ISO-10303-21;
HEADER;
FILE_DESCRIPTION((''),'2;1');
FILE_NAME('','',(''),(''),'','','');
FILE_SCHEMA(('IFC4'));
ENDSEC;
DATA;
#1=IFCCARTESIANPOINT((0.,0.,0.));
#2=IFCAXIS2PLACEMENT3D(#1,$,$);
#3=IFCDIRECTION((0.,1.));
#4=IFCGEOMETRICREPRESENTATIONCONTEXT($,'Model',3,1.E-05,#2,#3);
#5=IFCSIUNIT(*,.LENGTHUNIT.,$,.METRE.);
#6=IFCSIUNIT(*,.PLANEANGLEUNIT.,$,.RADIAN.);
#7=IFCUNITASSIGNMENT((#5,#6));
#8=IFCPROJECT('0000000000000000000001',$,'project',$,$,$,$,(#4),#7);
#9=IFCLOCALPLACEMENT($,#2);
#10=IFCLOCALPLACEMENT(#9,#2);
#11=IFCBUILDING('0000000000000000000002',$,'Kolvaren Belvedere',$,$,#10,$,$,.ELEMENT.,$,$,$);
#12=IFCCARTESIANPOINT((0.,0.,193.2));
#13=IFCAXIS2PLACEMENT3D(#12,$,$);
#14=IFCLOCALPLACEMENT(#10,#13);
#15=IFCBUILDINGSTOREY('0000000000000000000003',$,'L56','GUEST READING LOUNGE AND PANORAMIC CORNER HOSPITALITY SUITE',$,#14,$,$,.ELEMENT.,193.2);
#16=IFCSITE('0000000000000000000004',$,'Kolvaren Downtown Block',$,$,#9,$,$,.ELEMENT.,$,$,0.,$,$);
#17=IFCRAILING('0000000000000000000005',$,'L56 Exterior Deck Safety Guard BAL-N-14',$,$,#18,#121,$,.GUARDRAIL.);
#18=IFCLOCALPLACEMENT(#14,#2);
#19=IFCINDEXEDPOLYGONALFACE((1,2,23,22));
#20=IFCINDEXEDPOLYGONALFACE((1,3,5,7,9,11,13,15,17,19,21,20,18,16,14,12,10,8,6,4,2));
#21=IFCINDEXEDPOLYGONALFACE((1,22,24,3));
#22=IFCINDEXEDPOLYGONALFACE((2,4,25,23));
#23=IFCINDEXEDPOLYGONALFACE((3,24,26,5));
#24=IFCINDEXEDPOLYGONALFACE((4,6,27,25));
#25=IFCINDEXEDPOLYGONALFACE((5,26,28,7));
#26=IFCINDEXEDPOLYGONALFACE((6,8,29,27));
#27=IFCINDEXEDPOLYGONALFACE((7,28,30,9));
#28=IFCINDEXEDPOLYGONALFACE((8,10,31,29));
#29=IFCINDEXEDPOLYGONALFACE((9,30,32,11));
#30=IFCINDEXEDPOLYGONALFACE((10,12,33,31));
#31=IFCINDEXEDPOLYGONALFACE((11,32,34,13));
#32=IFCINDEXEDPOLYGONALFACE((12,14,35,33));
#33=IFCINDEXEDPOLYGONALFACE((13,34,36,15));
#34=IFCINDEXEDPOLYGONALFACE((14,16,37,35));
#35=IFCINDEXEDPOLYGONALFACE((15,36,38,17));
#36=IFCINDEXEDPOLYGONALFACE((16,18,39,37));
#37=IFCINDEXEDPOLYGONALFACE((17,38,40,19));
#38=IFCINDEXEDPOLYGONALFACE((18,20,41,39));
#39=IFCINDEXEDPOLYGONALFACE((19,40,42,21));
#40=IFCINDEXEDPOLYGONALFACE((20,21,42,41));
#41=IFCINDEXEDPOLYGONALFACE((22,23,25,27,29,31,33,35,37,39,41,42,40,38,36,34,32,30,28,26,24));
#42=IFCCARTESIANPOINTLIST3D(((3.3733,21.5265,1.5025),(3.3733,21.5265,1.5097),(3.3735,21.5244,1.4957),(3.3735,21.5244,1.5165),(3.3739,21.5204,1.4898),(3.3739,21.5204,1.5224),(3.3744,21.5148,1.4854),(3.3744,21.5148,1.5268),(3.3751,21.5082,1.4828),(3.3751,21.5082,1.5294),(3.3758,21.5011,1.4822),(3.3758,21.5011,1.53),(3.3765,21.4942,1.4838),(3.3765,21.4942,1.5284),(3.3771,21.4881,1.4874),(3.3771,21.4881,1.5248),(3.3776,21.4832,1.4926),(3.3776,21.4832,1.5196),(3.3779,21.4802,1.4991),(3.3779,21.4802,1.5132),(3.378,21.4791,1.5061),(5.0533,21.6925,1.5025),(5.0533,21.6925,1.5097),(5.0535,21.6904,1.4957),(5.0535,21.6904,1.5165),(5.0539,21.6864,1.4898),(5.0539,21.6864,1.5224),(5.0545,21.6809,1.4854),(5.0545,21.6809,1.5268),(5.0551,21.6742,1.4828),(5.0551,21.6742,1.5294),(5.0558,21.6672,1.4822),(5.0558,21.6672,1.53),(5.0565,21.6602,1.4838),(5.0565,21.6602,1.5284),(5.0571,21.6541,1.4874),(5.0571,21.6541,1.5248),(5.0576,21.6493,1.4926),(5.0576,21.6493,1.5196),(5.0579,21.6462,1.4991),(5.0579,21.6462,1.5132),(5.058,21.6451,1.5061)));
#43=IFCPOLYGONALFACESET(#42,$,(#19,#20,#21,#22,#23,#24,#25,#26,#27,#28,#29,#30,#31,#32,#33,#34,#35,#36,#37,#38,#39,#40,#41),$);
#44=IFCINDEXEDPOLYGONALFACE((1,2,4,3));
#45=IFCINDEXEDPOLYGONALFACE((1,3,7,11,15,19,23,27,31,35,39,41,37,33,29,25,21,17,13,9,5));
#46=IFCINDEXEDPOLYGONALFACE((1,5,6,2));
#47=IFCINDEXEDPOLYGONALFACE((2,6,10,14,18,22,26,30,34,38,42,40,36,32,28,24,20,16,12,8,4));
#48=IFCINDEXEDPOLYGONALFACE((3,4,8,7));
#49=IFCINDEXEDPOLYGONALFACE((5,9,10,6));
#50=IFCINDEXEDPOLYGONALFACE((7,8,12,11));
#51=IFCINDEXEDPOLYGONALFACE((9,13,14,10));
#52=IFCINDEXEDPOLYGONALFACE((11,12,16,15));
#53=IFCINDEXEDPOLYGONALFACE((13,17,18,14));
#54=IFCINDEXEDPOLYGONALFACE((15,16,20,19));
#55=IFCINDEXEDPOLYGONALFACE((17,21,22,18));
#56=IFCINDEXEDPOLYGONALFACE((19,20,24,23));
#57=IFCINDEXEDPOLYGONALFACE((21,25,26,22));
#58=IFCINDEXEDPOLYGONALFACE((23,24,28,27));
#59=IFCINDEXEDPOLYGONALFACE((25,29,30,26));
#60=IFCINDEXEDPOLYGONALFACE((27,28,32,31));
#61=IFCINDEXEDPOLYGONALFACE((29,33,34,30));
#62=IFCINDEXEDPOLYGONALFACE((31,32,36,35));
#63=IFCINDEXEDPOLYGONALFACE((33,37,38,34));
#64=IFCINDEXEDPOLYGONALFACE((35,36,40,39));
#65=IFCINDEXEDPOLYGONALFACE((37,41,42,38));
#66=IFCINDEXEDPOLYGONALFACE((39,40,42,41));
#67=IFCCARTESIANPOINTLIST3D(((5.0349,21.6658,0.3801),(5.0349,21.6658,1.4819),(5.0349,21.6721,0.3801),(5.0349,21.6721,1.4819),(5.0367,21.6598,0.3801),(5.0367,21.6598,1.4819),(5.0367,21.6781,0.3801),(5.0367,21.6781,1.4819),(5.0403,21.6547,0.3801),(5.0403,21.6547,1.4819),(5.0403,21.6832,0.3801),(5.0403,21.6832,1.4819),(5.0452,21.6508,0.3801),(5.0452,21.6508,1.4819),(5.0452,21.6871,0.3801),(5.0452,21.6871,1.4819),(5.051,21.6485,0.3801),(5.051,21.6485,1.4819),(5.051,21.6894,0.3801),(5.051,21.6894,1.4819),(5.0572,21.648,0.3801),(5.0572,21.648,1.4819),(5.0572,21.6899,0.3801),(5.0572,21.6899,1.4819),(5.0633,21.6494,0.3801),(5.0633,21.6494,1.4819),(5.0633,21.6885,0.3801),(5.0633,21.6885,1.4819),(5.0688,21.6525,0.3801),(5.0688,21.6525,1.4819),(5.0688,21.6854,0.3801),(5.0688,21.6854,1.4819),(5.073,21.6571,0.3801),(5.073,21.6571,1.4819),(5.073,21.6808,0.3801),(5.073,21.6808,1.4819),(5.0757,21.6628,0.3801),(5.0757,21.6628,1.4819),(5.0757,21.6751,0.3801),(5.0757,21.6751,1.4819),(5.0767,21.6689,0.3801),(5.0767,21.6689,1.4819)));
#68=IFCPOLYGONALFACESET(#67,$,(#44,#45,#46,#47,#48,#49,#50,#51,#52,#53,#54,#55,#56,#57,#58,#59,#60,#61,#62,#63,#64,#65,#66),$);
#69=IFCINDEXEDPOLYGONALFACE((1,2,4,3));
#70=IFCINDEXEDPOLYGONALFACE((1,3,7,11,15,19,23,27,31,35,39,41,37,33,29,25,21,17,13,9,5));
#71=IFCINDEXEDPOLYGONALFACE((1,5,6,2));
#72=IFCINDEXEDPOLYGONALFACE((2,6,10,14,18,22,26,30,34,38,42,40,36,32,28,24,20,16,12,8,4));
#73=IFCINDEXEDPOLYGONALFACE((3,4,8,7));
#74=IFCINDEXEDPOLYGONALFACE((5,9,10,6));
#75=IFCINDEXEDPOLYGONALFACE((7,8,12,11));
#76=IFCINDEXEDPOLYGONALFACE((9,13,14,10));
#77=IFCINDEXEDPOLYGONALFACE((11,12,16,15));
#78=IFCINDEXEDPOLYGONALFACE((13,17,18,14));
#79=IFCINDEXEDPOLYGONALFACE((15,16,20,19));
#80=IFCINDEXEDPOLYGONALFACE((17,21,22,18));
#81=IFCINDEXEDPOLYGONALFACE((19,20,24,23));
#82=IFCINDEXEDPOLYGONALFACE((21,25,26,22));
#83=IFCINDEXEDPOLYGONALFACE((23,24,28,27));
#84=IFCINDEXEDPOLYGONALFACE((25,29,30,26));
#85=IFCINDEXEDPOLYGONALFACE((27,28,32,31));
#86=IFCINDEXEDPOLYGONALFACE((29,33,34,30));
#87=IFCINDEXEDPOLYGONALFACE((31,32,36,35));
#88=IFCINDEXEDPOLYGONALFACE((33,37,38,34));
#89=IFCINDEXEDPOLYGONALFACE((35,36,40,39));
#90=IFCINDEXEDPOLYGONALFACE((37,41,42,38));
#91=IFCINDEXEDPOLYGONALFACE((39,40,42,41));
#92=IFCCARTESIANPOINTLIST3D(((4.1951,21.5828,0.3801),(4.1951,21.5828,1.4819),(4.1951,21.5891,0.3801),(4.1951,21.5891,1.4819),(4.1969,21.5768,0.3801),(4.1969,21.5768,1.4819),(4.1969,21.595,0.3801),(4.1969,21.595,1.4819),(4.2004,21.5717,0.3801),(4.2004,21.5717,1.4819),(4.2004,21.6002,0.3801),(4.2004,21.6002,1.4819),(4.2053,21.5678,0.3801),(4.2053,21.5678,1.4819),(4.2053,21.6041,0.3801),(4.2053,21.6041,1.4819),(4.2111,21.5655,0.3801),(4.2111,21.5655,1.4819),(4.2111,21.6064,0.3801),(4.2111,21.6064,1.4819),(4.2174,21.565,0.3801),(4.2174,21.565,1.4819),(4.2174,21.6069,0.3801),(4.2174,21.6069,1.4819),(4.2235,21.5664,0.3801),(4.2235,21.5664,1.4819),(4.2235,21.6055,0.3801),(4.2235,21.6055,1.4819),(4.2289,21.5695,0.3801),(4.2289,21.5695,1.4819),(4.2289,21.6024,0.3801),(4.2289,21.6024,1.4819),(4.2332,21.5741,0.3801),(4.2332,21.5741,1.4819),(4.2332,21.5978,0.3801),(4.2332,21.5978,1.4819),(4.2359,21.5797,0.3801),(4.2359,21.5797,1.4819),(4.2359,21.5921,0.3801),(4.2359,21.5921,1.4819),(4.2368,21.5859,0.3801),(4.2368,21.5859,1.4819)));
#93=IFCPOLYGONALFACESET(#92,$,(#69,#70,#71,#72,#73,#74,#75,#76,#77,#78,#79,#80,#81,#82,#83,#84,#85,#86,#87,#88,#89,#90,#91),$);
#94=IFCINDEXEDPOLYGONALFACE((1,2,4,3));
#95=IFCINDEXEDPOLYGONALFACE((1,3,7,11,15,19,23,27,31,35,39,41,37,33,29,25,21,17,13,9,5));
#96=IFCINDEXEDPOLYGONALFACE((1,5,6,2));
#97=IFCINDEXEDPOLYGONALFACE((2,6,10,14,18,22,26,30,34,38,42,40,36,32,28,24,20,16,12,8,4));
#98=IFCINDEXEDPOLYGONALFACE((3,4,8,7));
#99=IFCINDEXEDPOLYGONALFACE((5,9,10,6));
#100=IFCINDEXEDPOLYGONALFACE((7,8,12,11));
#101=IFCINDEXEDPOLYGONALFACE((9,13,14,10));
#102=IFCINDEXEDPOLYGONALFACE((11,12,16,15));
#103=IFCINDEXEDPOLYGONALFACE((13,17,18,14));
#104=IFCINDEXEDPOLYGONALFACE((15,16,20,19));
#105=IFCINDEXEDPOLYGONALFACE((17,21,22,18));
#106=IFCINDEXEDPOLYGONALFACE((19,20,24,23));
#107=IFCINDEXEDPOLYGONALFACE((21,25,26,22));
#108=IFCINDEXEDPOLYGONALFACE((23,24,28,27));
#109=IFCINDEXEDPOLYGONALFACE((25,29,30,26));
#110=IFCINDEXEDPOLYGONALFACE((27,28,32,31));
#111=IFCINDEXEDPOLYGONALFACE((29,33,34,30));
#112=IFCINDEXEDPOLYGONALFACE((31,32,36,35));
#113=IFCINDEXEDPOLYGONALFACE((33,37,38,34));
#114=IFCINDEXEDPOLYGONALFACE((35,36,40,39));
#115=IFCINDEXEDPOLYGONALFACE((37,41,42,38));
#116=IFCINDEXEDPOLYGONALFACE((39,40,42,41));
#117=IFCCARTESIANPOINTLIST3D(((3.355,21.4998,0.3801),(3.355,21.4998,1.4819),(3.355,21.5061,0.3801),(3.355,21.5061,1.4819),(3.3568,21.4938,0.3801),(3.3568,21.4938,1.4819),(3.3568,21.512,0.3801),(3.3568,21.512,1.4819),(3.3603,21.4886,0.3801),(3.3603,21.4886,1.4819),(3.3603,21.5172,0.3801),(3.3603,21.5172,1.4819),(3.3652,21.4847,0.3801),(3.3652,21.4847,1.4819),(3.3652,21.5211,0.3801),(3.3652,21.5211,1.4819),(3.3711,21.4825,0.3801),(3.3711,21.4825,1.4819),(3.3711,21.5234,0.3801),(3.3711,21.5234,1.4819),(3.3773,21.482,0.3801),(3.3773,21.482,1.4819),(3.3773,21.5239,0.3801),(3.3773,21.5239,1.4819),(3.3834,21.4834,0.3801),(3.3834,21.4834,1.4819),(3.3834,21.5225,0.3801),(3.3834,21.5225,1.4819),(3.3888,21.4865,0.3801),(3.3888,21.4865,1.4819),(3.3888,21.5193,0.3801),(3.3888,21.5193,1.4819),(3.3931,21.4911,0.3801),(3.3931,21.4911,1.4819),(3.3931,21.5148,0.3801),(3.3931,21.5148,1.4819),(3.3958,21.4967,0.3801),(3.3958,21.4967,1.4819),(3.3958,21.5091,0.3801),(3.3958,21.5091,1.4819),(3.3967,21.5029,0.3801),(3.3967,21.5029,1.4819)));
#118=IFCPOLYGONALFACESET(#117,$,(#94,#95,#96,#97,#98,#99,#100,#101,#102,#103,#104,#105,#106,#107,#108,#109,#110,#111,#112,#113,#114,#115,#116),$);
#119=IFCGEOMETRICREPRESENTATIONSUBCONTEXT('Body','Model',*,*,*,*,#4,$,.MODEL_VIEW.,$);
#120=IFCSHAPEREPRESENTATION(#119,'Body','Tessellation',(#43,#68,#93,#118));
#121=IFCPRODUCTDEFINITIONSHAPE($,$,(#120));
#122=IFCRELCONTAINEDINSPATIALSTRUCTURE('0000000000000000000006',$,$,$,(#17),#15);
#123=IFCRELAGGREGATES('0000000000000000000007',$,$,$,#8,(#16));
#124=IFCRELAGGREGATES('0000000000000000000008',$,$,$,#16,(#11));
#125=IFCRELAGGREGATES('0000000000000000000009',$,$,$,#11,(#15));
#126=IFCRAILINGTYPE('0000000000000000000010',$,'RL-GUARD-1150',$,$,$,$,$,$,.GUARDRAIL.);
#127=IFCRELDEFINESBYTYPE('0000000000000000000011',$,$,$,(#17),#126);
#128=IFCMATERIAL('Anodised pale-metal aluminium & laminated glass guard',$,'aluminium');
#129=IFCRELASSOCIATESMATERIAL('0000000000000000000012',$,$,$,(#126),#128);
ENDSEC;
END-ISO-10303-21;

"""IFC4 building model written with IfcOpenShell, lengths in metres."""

from ifc_helpers import new_model, si_unit, direction, frame, origin, origin_2d, place, context, subcontext, project, spatial, circle, extrude, material, type_object, element, save


model = new_model("IFC4")

# Units and contexts
model_context = context("Model", 3, precision=1e-05, world=origin(), true_north=direction((0.0, 1.0)))
body_context = subcontext(model_context, "Body", "Model", "MODEL_VIEW")
ifc_project = project(units=[si_unit("LENGTHUNIT", "METRE"), si_unit("PLANEANGLEUNIT", "RADIAN")], contexts=[model_context])

# Site, building, storey
site_placement = place(None, origin())
site = spatial("IfcSite", under=ifc_project, at=site_placement, Name="Kolvaren Downtown Block", CompositionType="ELEMENT", RefElevation=0.0)
building_placement = place(site_placement, origin())
building = spatial("IfcBuilding", under=site, at=building_placement, Name="Kolvaren Belvedere", CompositionType="ELEMENT")
storey_placement = place(building_placement, frame((0.0, 0.0, 193.2)))
storey = spatial("IfcBuildingStorey", under=building, at=storey_placement, Name="L56", Description="GUEST READING LOUNGE AND PANORAMIC CORNER HOSPITALITY SUITE", CompositionType="ELEMENT", Elevation=193.2)

# Railing
ifc_material_1 = material(Name="Anodised pale-metal aluminium & laminated glass guard", Category="aluminium")
railing_type = type_object("IfcRailingType", Name="RL-GUARD-1150", PredefinedType="GUARDRAIL", material=ifc_material_1)
railing_1_placement = place(storey_placement, frame((5.0557, 21.6689, 0.3801)))
element("IfcRailing", 1, at=railing_1_placement, inside=storey, type_object=railing_type, Name="L56 Exterior Deck Safety Guard BAL-N-14", PredefinedType="GUARDRAIL", context=body_context, shape_type="SweptSolid", body=[
    extrude(circle(Radius=0.0239, at=origin_2d()), frame((0.0, 0.0, 1.126), z_axis=(-0.995152, -0.098344, 0.0), x_axis=(0.098344, -0.995152, 0.0)), (0.0, 0.0, 1.0), 1.6882),
    extrude(circle(Radius=0.021, at=origin_2d()), origin(), (0.0, 0.0, 1.0), 1.1018),
    extrude(circle(Radius=0.021, at=origin_2d()), frame((-0.8398, -0.083, 0.0)), (0.0, 0.0, 1.0), 1.1018),
    extrude(circle(Radius=0.021, at=origin_2d()), frame((-1.6799, -0.166, 0.0)), (0.0, 0.0, 1.0), 1.1018),
])

save(model, "model.ifc")
